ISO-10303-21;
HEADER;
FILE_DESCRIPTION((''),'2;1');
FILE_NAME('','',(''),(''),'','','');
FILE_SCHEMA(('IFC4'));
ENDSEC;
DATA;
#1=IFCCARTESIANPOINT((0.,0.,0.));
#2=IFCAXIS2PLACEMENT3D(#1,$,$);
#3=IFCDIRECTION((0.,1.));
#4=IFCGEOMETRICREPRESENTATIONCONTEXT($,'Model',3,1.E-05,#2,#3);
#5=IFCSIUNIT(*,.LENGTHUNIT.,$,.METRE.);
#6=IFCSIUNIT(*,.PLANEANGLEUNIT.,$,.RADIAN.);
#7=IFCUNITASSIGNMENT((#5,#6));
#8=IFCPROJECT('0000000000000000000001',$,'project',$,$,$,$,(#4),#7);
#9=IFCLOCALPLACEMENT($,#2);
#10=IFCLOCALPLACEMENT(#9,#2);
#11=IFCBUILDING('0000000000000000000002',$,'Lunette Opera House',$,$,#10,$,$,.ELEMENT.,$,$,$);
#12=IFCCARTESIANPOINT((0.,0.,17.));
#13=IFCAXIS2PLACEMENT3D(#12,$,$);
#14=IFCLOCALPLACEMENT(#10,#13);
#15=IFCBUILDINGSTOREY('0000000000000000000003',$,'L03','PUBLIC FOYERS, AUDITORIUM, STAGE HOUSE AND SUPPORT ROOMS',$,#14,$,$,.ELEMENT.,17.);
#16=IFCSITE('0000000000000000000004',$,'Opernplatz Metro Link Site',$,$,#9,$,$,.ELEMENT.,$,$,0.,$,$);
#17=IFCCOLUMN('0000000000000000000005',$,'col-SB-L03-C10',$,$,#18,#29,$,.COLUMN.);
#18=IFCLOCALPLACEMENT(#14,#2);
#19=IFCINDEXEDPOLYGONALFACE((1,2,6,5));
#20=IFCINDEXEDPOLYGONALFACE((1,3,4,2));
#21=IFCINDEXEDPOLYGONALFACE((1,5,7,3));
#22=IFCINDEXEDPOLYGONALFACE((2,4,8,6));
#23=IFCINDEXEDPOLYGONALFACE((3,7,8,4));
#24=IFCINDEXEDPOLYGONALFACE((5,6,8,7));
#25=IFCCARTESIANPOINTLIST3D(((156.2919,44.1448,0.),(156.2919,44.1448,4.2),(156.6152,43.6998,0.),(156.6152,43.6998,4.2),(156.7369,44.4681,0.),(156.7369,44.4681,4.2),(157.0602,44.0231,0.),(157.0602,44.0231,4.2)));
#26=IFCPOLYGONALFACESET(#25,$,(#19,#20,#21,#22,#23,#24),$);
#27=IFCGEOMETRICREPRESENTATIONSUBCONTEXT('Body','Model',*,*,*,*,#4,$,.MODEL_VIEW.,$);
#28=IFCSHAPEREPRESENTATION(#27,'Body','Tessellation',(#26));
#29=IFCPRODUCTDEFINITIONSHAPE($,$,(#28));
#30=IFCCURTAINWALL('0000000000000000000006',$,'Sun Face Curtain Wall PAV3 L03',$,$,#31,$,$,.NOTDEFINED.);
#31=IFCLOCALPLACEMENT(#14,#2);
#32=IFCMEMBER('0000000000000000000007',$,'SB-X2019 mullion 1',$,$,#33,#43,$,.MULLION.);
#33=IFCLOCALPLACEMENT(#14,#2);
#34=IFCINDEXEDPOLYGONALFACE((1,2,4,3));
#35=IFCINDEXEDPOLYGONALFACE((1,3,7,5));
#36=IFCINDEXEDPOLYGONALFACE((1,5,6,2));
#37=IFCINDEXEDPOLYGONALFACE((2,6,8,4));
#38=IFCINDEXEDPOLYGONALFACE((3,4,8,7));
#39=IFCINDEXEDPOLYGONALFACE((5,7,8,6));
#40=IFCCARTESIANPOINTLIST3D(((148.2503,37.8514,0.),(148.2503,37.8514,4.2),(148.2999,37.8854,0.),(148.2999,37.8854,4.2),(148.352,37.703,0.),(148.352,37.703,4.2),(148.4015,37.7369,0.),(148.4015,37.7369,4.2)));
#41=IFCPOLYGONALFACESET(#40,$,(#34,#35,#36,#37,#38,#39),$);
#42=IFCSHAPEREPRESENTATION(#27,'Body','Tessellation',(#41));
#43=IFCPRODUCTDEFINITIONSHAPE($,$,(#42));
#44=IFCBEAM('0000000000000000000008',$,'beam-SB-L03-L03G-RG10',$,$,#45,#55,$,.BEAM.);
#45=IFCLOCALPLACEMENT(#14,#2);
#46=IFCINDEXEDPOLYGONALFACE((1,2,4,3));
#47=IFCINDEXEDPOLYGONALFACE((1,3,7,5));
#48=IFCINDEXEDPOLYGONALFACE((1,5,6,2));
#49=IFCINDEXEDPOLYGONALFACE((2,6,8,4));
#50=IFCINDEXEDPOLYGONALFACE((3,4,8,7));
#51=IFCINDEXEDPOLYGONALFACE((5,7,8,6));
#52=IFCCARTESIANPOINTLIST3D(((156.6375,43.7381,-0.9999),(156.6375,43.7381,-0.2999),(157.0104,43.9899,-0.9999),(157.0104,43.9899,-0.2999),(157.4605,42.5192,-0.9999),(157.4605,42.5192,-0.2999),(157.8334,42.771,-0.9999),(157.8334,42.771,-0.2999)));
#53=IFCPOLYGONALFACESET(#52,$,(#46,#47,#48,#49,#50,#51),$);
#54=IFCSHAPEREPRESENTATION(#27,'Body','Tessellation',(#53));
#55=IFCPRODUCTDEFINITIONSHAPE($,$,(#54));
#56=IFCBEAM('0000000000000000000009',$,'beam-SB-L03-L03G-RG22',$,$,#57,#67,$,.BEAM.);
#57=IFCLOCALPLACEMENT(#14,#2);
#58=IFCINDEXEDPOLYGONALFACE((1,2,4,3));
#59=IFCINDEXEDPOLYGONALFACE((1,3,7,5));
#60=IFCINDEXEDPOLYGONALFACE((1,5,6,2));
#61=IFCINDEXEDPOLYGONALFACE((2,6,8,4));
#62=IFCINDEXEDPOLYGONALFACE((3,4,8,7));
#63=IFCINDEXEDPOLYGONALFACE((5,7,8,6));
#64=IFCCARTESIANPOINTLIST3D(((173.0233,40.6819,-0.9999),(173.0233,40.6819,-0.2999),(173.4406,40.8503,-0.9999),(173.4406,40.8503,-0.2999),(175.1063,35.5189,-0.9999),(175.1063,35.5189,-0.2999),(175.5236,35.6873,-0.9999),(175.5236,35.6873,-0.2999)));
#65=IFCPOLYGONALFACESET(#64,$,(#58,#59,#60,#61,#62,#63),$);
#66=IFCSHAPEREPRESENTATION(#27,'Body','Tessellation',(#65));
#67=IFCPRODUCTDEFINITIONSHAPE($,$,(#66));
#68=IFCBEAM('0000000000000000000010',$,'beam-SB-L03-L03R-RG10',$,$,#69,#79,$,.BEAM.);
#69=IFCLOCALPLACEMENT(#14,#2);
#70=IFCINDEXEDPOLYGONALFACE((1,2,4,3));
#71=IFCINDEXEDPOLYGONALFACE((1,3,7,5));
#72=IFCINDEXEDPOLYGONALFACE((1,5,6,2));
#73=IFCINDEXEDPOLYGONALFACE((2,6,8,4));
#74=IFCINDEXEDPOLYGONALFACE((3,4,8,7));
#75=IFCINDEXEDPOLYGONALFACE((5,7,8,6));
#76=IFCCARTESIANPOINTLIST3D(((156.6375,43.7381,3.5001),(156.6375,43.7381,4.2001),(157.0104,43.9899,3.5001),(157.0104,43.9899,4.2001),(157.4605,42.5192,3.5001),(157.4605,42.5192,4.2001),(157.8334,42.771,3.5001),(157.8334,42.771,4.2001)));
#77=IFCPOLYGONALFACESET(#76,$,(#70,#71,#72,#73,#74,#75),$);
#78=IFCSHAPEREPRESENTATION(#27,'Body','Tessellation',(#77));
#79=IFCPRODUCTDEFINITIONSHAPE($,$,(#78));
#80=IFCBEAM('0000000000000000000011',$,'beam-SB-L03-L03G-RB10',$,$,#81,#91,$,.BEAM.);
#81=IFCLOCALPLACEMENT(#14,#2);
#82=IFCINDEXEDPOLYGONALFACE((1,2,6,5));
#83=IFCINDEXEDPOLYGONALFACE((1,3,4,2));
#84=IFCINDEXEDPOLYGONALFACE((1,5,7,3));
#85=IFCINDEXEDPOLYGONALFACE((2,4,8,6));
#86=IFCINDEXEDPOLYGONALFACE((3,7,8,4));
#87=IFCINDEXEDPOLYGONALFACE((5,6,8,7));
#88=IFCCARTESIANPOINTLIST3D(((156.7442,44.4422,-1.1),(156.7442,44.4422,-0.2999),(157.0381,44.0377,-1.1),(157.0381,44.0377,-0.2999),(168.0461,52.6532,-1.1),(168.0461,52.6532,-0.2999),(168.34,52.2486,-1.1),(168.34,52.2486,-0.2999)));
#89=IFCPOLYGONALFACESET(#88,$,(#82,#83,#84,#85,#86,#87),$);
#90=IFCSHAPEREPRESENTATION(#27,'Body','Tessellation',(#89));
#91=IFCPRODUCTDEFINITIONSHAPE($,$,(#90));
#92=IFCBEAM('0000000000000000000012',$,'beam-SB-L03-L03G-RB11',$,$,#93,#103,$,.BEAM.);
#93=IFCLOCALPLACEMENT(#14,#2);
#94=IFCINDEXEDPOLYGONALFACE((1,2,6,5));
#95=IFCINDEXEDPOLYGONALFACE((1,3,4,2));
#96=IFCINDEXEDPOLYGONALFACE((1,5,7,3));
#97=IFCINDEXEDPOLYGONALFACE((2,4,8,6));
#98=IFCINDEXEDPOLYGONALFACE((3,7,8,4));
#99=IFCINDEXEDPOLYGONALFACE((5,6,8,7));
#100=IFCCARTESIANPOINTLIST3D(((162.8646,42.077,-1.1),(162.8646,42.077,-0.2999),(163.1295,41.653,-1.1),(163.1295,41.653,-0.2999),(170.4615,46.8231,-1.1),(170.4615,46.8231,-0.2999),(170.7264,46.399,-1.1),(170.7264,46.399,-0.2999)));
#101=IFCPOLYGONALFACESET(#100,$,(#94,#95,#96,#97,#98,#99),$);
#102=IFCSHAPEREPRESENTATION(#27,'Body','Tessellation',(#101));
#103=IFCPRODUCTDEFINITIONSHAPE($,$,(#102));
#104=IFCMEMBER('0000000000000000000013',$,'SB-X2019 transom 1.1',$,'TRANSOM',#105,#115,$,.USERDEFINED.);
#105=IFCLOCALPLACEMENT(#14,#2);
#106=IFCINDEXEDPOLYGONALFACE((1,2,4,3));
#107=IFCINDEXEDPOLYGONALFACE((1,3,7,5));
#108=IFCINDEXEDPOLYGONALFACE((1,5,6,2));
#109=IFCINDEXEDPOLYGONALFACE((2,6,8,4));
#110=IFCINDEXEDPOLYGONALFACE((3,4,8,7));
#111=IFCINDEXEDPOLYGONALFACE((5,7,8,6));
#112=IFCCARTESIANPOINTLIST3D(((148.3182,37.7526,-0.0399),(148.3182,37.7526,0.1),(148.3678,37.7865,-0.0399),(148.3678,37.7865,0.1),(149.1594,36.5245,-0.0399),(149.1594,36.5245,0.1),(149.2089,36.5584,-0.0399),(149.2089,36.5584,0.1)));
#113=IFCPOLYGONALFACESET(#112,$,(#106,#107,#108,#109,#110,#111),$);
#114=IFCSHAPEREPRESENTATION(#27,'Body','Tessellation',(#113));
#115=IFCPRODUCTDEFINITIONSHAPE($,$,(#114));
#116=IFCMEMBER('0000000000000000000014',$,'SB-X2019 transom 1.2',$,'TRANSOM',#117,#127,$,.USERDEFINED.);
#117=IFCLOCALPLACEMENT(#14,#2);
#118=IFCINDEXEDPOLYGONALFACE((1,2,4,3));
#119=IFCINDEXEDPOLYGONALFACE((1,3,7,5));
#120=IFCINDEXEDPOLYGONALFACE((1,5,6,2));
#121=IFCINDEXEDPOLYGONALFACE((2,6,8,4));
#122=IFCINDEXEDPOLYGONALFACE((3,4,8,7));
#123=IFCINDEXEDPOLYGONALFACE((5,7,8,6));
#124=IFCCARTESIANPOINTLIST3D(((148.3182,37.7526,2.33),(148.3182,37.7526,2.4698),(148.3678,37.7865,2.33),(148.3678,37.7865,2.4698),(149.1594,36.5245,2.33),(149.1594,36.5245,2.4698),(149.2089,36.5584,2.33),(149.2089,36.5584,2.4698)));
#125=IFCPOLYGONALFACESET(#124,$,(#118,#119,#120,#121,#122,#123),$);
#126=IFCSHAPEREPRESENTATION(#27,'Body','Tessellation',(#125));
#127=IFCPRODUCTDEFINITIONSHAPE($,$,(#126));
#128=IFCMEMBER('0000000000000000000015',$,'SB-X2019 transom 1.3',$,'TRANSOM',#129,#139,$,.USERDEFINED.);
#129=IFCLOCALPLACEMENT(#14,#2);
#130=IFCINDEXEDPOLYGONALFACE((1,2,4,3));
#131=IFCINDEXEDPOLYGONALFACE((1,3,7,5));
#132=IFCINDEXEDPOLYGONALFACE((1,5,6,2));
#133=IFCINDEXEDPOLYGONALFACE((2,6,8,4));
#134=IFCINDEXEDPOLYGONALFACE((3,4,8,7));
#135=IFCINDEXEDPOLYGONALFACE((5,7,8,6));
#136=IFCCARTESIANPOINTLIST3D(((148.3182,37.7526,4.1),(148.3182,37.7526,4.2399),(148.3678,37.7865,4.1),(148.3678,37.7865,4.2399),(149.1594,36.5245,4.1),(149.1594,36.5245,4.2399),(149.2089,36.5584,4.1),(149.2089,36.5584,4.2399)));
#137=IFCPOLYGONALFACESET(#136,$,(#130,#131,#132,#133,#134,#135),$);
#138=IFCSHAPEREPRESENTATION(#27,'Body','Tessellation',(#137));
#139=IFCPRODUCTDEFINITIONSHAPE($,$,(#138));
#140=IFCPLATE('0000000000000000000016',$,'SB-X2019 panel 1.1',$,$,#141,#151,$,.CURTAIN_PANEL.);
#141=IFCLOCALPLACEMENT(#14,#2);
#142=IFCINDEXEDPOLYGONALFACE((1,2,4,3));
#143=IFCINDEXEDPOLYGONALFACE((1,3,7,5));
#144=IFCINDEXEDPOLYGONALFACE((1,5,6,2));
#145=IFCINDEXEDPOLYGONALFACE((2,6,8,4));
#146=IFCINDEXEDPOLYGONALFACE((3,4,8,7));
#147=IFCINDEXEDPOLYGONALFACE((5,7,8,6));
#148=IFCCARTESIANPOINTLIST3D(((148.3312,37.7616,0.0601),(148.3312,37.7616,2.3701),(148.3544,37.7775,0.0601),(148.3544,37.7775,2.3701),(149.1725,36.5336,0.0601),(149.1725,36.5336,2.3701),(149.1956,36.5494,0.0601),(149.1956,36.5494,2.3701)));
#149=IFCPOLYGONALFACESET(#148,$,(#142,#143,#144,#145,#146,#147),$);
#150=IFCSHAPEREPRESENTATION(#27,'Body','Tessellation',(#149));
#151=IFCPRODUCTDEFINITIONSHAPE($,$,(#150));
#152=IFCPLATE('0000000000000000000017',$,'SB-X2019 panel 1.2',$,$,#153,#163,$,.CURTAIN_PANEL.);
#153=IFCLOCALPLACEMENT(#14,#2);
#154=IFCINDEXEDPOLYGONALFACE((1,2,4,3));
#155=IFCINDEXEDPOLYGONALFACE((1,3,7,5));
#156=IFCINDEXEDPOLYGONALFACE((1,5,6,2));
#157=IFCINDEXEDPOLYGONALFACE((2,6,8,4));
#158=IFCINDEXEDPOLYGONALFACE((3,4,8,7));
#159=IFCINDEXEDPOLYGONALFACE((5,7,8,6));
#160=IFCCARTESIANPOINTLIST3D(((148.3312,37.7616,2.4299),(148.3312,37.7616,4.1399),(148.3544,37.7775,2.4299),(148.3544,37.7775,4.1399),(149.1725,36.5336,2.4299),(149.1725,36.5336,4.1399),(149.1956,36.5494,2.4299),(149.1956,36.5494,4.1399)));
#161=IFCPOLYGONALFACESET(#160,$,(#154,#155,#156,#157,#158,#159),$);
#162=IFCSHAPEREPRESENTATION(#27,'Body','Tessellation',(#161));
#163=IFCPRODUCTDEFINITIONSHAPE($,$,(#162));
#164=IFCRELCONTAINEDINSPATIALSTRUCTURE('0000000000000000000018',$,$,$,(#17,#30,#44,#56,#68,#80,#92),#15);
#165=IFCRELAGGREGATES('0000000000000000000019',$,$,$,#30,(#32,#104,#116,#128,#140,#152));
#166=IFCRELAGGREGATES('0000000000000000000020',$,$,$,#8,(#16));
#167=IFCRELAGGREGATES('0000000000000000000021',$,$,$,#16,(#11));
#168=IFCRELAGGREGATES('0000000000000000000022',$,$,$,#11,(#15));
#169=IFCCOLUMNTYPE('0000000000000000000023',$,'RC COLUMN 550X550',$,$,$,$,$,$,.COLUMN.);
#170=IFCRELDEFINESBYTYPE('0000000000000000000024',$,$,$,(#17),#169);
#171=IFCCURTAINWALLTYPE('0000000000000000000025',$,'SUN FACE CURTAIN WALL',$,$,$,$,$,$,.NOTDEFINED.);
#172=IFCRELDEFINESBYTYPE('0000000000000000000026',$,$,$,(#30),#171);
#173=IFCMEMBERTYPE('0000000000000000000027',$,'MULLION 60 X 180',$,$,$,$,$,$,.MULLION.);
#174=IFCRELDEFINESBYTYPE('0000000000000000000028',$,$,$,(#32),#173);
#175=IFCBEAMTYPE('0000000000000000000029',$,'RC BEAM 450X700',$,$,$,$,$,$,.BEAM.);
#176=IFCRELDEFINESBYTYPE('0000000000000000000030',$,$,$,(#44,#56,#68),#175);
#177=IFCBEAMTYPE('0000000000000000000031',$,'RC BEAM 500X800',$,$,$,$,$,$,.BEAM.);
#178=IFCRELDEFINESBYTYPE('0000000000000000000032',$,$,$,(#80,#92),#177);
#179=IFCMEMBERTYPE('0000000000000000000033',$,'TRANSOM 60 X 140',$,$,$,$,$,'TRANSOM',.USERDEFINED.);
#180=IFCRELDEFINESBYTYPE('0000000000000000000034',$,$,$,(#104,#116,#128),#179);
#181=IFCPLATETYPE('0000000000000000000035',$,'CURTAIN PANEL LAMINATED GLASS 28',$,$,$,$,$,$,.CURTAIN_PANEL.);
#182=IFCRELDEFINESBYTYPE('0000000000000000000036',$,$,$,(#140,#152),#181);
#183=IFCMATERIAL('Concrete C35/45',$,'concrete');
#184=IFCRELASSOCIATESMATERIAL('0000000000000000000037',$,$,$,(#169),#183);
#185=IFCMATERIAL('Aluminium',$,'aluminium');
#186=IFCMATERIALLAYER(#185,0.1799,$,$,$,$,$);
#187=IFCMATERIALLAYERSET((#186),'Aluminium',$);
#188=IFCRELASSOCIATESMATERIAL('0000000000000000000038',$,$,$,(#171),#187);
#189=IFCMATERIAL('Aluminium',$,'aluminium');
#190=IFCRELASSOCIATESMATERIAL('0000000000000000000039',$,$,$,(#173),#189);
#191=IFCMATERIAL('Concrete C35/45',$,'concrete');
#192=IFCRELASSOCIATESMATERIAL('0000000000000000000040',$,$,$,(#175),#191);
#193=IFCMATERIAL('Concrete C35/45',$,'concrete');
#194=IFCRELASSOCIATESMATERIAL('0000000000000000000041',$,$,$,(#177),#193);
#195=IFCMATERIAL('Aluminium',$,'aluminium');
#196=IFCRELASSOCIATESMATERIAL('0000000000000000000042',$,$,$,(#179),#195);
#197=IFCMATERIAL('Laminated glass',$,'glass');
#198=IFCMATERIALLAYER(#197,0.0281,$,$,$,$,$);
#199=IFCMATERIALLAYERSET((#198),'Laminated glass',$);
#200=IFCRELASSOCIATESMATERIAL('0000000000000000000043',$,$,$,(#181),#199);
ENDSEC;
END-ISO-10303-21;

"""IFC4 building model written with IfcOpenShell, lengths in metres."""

from ifc_helpers import new_model, si_unit, direction, frame, origin, origin_2d, place, context, subcontext, project, spatial, rectangle, extrude, material, layer, layer_set, material_profile, profile_set, type_object, element, aggregate, save


model = new_model("IFC4")

# Units and contexts
model_context = context("Model", 3, precision=1e-05, world=origin(), true_north=direction((0.0, 1.0)))
body_context = subcontext(model_context, "Body", "Model", "MODEL_VIEW")
ifc_project = project(units=[si_unit("LENGTHUNIT", "METRE"), si_unit("PLANEANGLEUNIT", "RADIAN")], contexts=[model_context])

# Site, building, storey
site_placement = place(None, origin())
site = spatial("IfcSite", under=ifc_project, at=site_placement, Name="Opernplatz Metro Link Site", CompositionType="ELEMENT", RefElevation=0.0)
building_placement = place(site_placement, origin())
building = spatial("IfcBuilding", under=site, at=building_placement, Name="Lunette Opera House", CompositionType="ELEMENT")
storey_placement = place(building_placement, frame((0.0, 0.0, 17.0)))
storey = spatial("IfcBuildingStorey", under=building, at=storey_placement, Name="L03", Description="PUBLIC FOYERS, AUDITORIUM, STAGE HOUSE AND SUPPORT ROOMS", CompositionType="ELEMENT", Elevation=17.0)

# Column
ifc_material_1 = material(Name="Concrete C35/45", Category="concrete")
ifc_material_profile_1 = material_profile(ifc_material_1, rectangle(XDim=0.55, YDim=0.55, at=origin_2d()), Name="RC COLUMN 550X550")
ifc_profile_set_1 = profile_set([ifc_material_profile_1], Name="Concrete C35/45")
column_type = type_object("IfcColumnType", Name="RC COLUMN 550X550", PredefinedType="COLUMN", material=ifc_profile_set_1)
column_placement = place(storey_placement, frame((156.676, 44.084, 0.0), z_axis=(0.0, 0.0, 1.0), x_axis=(0.587785, -0.809017, 0.0)))
element("IfcColumn", 1, at=column_placement, inside=storey, type_object=column_type, Name="col-SB-L03-C10", PredefinedType="COLUMN", context=body_context, shape_type="SweptSolid", body=[
    extrude(rectangle(XDim=0.55, YDim=0.55, at=origin_2d()), origin(), (0.0, 0.0, 1.0), 4.2),
])

# Curtain wall, member
ifc_material_2 = material(Name="Aluminium", Category="aluminium")
ifc_layer_1 = layer(ifc_material_2, 0.1799)
ifc_layer_set_1 = layer_set([ifc_layer_1], Name="Aluminium")
curtain_wall_type = type_object("IfcCurtainWallType", Name="SUN FACE CURTAIN WALL", PredefinedType="NOTDEFINED", material=ifc_layer_set_1)
curtain_wall_placement = place(storey_placement, origin())
curtain_wall = element("IfcCurtainWall", 2, at=curtain_wall_placement, inside=storey, type_object=curtain_wall_type, Name="Sun Face Curtain Wall PAV3 L03", PredefinedType="NOTDEFINED")
ifc_material_3 = material(Name="Aluminium", Category="aluminium")
ifc_material_profile_2 = material_profile(ifc_material_3, rectangle(XDim=0.0601, YDim=0.1799, at=origin_2d()), Name="MULLION 60 X 180")
ifc_profile_set_2 = profile_set([ifc_material_profile_2], Name="Aluminium")
member_type_1 = type_object("IfcMemberType", Name="MULLION 60 X 180", PredefinedType="MULLION", material=ifc_profile_set_2)
member_1_placement = place(storey_placement, frame((148.3259, 37.7942, 0.0), z_axis=(0.0, 0.0, 1.0), x_axis=(0.825002, 0.56513, 0.0)))
member_1 = element("IfcMember", 3, at=member_1_placement, type_object=member_type_1, Name="SB-X2019 mullion 1", PredefinedType="MULLION", context=body_context, shape_type="SweptSolid", body=[
    extrude(rectangle(XDim=0.0601, YDim=0.1799, at=origin_2d()), origin(), (0.0, 0.0, 1.0), 4.2),
])

# Beams
ifc_material_4 = material(Name="Concrete C35/45", Category="concrete")
ifc_material_profile_3 = material_profile(ifc_material_4, rectangle(XDim=0.45, YDim=0.7, at=origin_2d()), Name="RC BEAM 450X700")
ifc_profile_set_3 = profile_set([ifc_material_profile_3], Name="Concrete C35/45")
beam_type_1 = type_object("IfcBeamType", Name="RC BEAM 450X700", PredefinedType="BEAM", material=ifc_profile_set_3)
beam_1_placement = place(storey_placement, frame((156.824, 43.864, -0.6499), z_axis=(0.559556, -0.828793, 0.0), x_axis=(0.828793, 0.559556, 0.0)))
element("IfcBeam", 4, at=beam_1_placement, inside=storey, type_object=beam_type_1, Name="beam-SB-L03-L03G-RG10", PredefinedType="BEAM", context=body_context, shape_type="SweptSolid", body=[
    extrude(rectangle(XDim=0.45, YDim=0.7, at=origin_2d()), origin(), (0.0, 0.0, 1.0), 1.4707),
])
beam_2_placement = place(storey_placement, frame((173.2319, 40.7661, -0.6499), z_axis=(0.374141, -0.927372, 0.0), x_axis=(0.927372, 0.374141, 0.0)))
element("IfcBeam", 5, at=beam_2_placement, inside=storey, type_object=beam_type_1, Name="beam-SB-L03-L03G-RG22", PredefinedType="BEAM", context=body_context, shape_type="SweptSolid", body=[
    extrude(rectangle(XDim=0.45, YDim=0.7, at=origin_2d()), origin(), (0.0, 0.0, 1.0), 5.5674),
])
beam_3_placement = place(storey_placement, frame((156.824, 43.864, 3.8501), z_axis=(0.559556, -0.828793, 0.0), x_axis=(0.828793, 0.559556, 0.0)))
element("IfcBeam", 6, at=beam_3_placement, inside=storey, type_object=beam_type_1, Name="beam-SB-L03-L03R-RG10", PredefinedType="BEAM", context=body_context, shape_type="SweptSolid", body=[
    extrude(rectangle(XDim=0.45, YDim=0.7, at=origin_2d()), origin(), (0.0, 0.0, 1.0), 1.4707),
])
ifc_material_5 = material(Name="Concrete C35/45", Category="concrete")
ifc_material_profile_4 = material_profile(ifc_material_5, rectangle(XDim=0.5, YDim=0.8, at=origin_2d()), Name="RC BEAM 500X800")
ifc_profile_set_4 = profile_set([ifc_material_profile_4], Name="Concrete C35/45")
beam_type_2 = type_object("IfcBeamType", Name="RC BEAM 500X800", PredefinedType="BEAM", material=ifc_profile_set_4)
beam_4_placement = place(storey_placement, frame((156.8911, 44.24, -0.7), z_axis=(0.809032, 0.587764, 0.0), x_axis=(-0.587764, 0.809032, 0.0)))
element("IfcBeam", 7, at=beam_4_placement, inside=storey, type_object=beam_type_2, Name="beam-SB-L03-L03G-RB10", PredefinedType="BEAM", context=body_context, shape_type="SweptSolid", body=[
    extrude(rectangle(XDim=0.5, YDim=0.8, at=origin_2d()), origin(), (0.0, 0.0, 1.0), 13.9697),
])
beam_5_placement = place(storey_placement, frame((162.9971, 41.865, -0.7), z_axis=(0.848098, 0.52984, 0.0), x_axis=(-0.52984, 0.848098, 0.0)))
element("IfcBeam", 8, at=beam_5_placement, inside=storey, type_object=beam_type_2, Name="beam-SB-L03-L03G-RB11", PredefinedType="BEAM", context=body_context, shape_type="SweptSolid", body=[
    extrude(rectangle(XDim=0.5, YDim=0.8, at=origin_2d()), origin(), (0.0, 0.0, 1.0), 8.9575),
])

# Members
ifc_material_6 = material(Name="Aluminium", Category="aluminium")
ifc_material_profile_5 = material_profile(ifc_material_6, rectangle(XDim=0.0601, YDim=0.1399, at=origin_2d()), Name="TRANSOM 60 X 140")
ifc_profile_set_5 = profile_set([ifc_material_profile_5], Name="Aluminium")
member_type_2 = type_object("IfcMemberType", Name="TRANSOM 60 X 140", ElementType="TRANSOM", PredefinedType="USERDEFINED", material=ifc_profile_set_5)
member_2_placement = place(storey_placement, frame((148.343, 37.7695, 0.03), z_axis=(0.565066, -0.825046, 0.0), x_axis=(0.825046, 0.565066, 0.0)))
member_2 = element("IfcMember", 9, at=member_2_placement, type_object=member_type_2, Name="SB-X2019 transom 1.1", ObjectType="TRANSOM", PredefinedType="USERDEFINED", context=body_context, shape_type="SweptSolid", body=[
    extrude(rectangle(XDim=0.0601, YDim=0.1399, at=origin_2d()), origin(), (0.0, 0.0, 1.0), 1.4885),
])
member_3_placement = place(storey_placement, frame((148.343, 37.7695, 2.3999), z_axis=(0.565066, -0.825046, 0.0), x_axis=(0.825046, 0.565066, 0.0)))
member_3 = element("IfcMember", 10, at=member_3_placement, type_object=member_type_2, Name="SB-X2019 transom 1.2", ObjectType="TRANSOM", PredefinedType="USERDEFINED", context=body_context, shape_type="SweptSolid", body=[
    extrude(rectangle(XDim=0.0601, YDim=0.1399, at=origin_2d()), origin(), (0.0, 0.0, 1.0), 1.4885),
])
member_4_placement = place(storey_placement, frame((148.343, 37.7695, 4.1699), z_axis=(0.565066, -0.825046, 0.0), x_axis=(0.825046, 0.565066, 0.0)))
member_4 = element("IfcMember", 11, at=member_4_placement, type_object=member_type_2, Name="SB-X2019 transom 1.3", ObjectType="TRANSOM", PredefinedType="USERDEFINED", context=body_context, shape_type="SweptSolid", body=[
    extrude(rectangle(XDim=0.0601, YDim=0.1399, at=origin_2d()), origin(), (0.0, 0.0, 1.0), 1.4885),
])

# Plates
ifc_material_7 = material(Name="Laminated glass", Category="glass")
ifc_layer_2 = layer(ifc_material_7, 0.0281)
ifc_layer_set_2 = layer_set([ifc_layer_2], Name="Laminated glass")
plate_type = type_object("IfcPlateType", Name="CURTAIN PANEL LAMINATED GLASS 28", PredefinedType="CURTAIN_PANEL", material=ifc_layer_set_2)
plate_1_placement = place(storey_placement, frame((148.7634, 37.1555, 0.0601), z_axis=(0.0, 0.0, 1.0), x_axis=(0.56513, -0.825002, 0.0)))
plate_1 = element("IfcPlate", 12, at=plate_1_placement, type_object=plate_type, Name="SB-X2019 panel 1.1", PredefinedType="CURTAIN_PANEL", context=body_context, shape_type="SweptSolid", body=[
    extrude(rectangle(XDim=1.4885, YDim=0.0281, at=origin_2d()), origin(), (0.0, 0.0, 1.0), 2.3101),
])
plate_2_placement = place(storey_placement, frame((148.7634, 37.1555, 2.4299), z_axis=(0.0, 0.0, 1.0), x_axis=(0.56513, -0.825002, 0.0)))
plate_2 = element("IfcPlate", 13, at=plate_2_placement, type_object=plate_type, Name="SB-X2019 panel 1.2", PredefinedType="CURTAIN_PANEL", context=body_context, shape_type="SweptSolid", body=[
    extrude(rectangle(XDim=1.4885, YDim=0.0281, at=origin_2d()), origin(), (0.0, 0.0, 1.0), 1.71),
])
aggregate(curtain_wall, [member_1, member_2, member_3, member_4, plate_1, plate_2])

save(model, "model.ifc")
